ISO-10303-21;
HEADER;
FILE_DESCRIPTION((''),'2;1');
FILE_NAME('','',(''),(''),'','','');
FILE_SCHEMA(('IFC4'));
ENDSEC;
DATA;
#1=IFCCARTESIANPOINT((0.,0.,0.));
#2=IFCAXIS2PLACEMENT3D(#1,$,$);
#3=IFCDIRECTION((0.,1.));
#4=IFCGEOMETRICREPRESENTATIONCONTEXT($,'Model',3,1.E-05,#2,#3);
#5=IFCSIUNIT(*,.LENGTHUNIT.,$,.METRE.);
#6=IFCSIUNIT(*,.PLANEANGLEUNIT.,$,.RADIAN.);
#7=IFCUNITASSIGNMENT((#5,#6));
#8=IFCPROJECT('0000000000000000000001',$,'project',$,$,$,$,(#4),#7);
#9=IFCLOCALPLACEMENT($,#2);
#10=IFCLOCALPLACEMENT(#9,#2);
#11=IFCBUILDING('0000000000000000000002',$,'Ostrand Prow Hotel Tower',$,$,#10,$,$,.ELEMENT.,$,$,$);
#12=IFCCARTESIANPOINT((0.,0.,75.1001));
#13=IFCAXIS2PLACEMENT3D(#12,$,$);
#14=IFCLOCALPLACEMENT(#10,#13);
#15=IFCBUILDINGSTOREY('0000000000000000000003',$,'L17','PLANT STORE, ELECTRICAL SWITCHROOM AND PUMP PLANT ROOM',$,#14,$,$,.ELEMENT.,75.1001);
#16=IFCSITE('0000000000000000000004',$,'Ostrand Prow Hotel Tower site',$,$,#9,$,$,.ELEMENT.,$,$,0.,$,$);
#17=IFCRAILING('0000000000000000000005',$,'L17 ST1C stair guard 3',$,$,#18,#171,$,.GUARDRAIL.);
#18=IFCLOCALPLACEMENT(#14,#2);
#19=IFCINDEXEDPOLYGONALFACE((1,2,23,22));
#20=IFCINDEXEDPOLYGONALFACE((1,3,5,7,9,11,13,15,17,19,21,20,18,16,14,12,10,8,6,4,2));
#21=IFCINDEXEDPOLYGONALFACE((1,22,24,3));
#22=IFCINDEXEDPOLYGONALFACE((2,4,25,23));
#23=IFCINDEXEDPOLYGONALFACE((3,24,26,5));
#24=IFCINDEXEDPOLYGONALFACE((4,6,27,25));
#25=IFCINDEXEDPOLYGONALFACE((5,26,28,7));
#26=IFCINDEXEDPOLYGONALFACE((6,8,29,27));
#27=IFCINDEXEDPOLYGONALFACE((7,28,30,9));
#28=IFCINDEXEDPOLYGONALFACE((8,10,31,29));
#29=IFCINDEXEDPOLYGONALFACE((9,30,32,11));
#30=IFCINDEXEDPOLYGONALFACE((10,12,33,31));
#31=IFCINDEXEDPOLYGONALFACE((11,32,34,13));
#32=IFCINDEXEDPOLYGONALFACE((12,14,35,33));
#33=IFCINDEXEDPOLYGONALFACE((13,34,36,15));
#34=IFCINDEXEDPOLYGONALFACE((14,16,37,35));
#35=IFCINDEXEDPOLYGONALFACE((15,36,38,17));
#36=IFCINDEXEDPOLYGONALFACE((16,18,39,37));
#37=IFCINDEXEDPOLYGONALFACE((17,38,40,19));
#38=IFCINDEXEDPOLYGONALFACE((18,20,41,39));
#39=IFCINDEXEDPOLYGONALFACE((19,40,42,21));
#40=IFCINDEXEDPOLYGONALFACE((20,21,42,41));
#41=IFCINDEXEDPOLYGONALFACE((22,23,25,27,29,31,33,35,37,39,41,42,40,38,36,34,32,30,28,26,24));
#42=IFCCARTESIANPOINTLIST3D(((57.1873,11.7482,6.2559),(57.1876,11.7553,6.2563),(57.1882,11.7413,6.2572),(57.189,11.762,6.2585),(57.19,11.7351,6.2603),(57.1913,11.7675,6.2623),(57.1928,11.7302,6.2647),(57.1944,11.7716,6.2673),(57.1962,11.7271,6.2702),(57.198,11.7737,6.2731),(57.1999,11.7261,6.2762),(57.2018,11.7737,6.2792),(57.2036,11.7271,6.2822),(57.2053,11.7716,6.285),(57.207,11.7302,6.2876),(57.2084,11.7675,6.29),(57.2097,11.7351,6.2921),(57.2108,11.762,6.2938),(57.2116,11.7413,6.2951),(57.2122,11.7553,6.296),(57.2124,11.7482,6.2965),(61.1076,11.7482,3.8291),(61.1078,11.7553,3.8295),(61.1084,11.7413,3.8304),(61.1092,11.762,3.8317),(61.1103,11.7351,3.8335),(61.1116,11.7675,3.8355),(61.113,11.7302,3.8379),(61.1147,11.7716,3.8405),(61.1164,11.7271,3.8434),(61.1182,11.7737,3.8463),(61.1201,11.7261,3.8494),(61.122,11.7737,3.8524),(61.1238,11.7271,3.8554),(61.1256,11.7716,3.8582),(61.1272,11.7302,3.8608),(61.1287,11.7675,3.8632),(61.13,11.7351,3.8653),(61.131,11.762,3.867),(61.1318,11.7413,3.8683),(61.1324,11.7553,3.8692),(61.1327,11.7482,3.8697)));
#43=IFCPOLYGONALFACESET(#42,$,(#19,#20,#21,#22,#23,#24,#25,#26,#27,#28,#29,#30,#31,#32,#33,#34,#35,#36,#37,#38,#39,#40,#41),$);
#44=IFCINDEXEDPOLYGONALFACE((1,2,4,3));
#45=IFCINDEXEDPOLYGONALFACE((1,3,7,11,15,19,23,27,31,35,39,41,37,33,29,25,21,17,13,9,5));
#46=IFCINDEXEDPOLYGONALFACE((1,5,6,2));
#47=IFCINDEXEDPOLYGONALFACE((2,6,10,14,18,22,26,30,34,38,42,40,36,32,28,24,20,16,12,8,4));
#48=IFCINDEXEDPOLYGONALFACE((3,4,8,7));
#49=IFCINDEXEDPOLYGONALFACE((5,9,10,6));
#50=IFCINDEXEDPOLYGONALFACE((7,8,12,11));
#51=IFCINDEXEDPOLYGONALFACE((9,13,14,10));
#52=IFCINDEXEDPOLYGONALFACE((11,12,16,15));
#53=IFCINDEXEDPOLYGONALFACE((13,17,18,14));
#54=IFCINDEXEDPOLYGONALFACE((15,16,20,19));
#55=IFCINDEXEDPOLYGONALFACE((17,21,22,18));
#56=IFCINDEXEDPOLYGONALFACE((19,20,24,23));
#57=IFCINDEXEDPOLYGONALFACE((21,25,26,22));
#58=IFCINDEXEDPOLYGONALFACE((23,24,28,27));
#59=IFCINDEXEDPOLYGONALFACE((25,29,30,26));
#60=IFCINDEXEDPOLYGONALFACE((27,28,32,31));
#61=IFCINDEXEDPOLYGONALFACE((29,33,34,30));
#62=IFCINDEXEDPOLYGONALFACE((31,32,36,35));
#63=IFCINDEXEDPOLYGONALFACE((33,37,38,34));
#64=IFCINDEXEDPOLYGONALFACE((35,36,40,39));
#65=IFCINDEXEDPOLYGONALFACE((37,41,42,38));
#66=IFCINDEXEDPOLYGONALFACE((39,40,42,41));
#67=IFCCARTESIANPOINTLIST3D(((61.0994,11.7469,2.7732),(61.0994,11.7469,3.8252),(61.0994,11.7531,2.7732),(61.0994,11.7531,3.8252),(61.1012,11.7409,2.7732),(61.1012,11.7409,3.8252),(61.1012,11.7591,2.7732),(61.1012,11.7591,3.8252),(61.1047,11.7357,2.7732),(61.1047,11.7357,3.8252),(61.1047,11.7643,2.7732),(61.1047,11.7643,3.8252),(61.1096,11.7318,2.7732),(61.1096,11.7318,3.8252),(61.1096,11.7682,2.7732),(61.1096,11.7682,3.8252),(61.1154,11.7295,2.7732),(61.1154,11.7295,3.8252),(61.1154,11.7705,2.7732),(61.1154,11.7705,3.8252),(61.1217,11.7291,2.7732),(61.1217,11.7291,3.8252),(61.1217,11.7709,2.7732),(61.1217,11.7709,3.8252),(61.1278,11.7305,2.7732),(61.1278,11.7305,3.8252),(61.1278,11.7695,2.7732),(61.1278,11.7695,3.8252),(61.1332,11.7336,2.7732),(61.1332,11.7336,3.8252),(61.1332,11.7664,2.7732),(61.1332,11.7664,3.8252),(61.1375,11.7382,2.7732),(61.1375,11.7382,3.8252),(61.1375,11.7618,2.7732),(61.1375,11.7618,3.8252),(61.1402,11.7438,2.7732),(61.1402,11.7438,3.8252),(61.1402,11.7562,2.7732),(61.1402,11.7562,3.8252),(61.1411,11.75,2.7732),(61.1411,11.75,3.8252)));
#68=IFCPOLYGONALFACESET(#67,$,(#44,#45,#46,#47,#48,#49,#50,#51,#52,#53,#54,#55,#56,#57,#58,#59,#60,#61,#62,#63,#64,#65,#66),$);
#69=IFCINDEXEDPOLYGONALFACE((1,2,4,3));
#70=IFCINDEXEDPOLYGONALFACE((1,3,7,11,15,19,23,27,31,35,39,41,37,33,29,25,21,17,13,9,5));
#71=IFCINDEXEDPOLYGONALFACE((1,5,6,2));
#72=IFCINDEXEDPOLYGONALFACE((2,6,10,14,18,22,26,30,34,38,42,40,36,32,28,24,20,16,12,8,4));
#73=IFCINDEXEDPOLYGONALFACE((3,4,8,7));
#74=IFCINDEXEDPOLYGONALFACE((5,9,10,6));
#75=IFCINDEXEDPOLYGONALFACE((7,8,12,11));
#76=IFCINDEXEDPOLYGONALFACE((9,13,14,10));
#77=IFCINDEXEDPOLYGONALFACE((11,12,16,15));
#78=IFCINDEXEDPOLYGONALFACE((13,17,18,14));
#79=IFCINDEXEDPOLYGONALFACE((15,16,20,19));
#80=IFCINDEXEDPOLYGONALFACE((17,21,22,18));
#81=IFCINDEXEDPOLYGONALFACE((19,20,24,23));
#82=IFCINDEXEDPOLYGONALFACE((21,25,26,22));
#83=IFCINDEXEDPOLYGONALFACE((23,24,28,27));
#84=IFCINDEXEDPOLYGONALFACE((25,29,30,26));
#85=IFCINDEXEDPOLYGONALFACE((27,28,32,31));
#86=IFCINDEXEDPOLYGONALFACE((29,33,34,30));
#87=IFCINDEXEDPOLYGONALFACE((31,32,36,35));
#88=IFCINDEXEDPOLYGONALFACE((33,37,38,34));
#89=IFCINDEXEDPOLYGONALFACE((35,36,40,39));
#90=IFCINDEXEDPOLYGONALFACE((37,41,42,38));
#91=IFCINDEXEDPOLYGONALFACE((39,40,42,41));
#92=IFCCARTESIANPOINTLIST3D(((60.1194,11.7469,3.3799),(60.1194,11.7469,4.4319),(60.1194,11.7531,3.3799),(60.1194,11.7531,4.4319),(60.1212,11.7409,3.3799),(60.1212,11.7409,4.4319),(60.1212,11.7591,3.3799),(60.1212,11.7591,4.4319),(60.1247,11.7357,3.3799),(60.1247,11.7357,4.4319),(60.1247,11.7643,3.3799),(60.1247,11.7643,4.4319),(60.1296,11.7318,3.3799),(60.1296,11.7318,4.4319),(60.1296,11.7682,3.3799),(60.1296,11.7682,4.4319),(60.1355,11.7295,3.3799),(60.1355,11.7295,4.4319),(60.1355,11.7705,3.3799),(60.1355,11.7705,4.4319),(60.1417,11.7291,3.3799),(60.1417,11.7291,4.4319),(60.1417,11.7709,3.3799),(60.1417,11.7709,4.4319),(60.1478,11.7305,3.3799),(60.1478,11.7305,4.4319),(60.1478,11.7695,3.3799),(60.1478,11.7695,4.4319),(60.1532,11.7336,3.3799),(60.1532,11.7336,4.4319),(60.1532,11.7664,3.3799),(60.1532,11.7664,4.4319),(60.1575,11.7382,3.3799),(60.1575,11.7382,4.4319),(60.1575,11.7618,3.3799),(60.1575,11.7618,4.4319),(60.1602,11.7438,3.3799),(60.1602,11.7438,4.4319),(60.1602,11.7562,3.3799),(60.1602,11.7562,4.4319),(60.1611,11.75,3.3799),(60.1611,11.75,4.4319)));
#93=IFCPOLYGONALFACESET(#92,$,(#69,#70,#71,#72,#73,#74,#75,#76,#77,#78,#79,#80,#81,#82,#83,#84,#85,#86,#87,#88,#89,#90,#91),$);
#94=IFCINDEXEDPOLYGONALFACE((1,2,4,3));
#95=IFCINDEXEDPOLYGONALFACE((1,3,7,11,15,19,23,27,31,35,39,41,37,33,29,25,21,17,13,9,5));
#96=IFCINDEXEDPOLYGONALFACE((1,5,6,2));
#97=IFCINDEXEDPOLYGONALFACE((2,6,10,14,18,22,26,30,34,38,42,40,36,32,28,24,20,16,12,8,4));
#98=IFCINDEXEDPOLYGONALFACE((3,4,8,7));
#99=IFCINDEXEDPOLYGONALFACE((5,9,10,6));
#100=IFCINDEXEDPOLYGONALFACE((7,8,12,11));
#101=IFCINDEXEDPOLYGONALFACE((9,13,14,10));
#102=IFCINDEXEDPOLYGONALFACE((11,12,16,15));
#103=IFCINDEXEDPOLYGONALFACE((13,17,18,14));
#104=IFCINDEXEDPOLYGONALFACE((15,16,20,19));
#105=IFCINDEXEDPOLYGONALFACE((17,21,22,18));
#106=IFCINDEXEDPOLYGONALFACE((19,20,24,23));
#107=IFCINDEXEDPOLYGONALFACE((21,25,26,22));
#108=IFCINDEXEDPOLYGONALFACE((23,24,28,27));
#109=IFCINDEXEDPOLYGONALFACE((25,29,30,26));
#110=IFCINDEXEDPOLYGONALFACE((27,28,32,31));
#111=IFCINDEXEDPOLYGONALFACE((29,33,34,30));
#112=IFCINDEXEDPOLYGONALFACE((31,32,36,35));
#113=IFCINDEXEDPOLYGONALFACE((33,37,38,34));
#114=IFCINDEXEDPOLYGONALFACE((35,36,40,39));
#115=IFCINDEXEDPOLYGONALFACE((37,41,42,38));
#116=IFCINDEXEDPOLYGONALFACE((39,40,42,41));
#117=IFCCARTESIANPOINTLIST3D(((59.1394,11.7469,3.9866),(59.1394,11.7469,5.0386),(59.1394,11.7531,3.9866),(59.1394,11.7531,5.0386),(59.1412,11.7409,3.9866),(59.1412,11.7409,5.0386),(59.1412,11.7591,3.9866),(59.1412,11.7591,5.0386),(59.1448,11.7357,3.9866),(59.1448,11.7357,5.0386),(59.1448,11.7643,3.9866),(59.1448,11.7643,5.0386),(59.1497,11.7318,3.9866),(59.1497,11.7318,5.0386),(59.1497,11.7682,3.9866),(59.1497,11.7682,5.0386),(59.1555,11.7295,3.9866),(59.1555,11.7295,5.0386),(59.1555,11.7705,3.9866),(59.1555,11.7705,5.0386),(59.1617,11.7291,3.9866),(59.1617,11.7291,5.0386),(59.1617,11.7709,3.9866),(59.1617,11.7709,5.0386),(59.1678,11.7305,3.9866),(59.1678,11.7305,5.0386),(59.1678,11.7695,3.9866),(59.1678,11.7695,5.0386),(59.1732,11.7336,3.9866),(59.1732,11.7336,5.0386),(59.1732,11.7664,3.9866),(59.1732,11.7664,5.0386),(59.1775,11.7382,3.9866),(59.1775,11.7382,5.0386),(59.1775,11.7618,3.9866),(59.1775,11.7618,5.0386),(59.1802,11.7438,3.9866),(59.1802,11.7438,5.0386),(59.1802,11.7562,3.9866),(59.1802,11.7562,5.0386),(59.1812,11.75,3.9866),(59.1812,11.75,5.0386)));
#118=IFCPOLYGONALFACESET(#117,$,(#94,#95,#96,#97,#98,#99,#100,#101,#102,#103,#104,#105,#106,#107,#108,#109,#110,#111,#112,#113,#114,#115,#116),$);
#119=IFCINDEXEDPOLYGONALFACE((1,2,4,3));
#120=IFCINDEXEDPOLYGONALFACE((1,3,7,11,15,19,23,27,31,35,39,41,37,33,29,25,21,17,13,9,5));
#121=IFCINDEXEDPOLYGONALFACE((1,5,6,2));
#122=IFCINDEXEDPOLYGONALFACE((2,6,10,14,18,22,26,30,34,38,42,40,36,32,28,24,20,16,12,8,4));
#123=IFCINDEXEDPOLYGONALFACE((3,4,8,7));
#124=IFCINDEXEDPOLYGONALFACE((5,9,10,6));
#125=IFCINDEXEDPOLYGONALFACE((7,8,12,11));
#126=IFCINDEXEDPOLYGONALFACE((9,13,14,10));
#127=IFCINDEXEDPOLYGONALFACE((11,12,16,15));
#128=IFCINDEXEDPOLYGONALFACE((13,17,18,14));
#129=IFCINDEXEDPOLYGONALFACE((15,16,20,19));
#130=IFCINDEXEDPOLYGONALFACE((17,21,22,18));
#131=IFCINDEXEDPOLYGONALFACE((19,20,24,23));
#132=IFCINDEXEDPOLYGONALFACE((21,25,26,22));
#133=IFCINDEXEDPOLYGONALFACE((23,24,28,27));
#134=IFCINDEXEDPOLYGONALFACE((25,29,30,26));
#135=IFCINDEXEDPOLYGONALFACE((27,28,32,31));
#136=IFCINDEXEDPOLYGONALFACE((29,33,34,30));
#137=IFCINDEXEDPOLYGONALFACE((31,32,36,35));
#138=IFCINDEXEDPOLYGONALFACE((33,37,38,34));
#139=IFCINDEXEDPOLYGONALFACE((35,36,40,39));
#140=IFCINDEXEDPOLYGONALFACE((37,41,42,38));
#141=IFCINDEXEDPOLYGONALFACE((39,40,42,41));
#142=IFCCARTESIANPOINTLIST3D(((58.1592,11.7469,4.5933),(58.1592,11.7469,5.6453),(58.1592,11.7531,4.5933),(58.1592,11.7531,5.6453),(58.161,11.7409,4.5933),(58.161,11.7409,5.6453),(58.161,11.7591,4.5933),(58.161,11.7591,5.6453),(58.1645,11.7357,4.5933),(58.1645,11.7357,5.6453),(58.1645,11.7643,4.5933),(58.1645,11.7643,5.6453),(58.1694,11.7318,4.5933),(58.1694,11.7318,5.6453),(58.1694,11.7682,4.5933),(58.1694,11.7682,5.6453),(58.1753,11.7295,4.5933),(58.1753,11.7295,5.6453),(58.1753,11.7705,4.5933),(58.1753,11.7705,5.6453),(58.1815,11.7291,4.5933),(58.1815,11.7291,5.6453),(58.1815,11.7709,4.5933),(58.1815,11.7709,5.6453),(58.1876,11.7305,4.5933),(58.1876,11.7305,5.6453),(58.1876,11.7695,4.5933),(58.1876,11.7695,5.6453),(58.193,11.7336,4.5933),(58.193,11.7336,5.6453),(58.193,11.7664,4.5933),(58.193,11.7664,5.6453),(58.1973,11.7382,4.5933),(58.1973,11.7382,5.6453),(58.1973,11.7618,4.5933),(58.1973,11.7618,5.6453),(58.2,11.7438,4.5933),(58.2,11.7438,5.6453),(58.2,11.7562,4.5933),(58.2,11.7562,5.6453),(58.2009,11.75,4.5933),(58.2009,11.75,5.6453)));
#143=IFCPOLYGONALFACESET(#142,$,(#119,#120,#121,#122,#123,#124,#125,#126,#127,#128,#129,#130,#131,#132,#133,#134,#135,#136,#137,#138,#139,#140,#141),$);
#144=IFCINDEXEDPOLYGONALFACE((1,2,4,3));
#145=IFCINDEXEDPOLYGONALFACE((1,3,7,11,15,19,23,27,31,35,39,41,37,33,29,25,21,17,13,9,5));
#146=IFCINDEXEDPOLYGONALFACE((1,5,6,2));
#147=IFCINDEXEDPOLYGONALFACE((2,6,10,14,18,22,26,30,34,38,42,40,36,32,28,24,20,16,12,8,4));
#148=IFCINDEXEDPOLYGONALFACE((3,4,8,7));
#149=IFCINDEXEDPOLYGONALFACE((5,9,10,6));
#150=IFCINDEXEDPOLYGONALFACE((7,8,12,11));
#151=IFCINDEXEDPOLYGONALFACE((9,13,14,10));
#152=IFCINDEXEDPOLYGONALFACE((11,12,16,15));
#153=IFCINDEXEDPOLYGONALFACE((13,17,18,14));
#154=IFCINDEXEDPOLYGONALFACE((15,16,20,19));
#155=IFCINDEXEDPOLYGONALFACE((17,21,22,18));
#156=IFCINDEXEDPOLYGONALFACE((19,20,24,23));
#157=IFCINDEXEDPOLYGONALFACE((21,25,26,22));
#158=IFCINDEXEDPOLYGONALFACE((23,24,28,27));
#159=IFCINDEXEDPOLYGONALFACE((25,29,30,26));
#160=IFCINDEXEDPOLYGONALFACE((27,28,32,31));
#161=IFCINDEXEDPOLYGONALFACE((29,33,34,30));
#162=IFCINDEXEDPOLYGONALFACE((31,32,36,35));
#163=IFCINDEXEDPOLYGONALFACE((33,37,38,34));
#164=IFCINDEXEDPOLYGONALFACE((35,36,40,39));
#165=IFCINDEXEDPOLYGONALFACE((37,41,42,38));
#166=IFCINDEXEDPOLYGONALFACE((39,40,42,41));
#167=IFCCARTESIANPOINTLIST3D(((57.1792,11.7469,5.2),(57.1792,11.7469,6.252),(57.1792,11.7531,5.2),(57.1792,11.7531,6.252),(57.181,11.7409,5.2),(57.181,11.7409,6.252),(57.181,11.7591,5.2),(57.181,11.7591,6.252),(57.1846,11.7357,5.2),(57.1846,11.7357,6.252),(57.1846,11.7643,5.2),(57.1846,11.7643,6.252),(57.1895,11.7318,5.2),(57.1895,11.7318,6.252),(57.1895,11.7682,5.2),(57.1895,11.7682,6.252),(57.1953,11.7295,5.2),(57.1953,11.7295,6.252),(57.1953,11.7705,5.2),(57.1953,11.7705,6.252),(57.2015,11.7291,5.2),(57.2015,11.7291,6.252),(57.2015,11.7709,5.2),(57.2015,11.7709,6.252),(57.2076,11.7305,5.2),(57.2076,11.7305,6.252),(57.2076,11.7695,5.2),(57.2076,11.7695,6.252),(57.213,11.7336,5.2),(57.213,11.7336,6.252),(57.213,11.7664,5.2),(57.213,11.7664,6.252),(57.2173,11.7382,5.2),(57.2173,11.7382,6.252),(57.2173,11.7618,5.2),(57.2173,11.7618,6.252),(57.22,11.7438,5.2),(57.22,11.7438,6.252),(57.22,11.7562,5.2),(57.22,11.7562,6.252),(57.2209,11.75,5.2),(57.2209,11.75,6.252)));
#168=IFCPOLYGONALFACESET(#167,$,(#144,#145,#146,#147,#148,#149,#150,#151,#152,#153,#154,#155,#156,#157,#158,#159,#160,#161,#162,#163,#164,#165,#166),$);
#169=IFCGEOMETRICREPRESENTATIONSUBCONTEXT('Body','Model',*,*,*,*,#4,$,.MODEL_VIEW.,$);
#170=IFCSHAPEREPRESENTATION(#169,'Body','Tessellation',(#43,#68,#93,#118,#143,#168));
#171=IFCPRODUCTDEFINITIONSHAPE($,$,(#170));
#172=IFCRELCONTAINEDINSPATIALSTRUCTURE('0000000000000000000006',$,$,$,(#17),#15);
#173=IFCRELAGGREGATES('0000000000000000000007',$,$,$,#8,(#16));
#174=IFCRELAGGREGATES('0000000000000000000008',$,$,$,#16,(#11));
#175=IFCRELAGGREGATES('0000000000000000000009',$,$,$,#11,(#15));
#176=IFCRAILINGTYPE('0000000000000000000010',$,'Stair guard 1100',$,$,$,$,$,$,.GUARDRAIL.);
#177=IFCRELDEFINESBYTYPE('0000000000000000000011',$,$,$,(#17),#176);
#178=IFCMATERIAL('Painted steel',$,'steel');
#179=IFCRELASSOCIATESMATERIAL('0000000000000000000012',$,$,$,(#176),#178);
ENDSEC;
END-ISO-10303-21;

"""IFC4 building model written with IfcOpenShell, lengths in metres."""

from ifc_helpers import new_model, si_unit, direction, frame, origin, origin_2d, place, context, subcontext, project, spatial, circle, extrude, material, type_object, element, save


model = new_model("IFC4")

# Units and contexts
model_context = context("Model", 3, precision=1e-05, world=origin(), true_north=direction((0.0, 1.0)))
body_context = subcontext(model_context, "Body", "Model", "MODEL_VIEW")
ifc_project = project(units=[si_unit("LENGTHUNIT", "METRE"), si_unit("PLANEANGLEUNIT", "RADIAN")], contexts=[model_context])

# Site, building, storey
site_placement = place(None, origin())
site = spatial("IfcSite", under=ifc_project, at=site_placement, Name="Ostrand Prow Hotel Tower site", CompositionType="ELEMENT", RefElevation=0.0)
building_placement = place(site_placement, origin())
building = spatial("IfcBuilding", under=site, at=building_placement, Name="Ostrand Prow Hotel Tower", CompositionType="ELEMENT")
storey_placement = place(building_placement, frame((0.0, 0.0, 75.1001)))
storey = spatial("IfcBuildingStorey", under=building, at=storey_placement, Name="L17", Description="PLANT STORE, ELECTRICAL SWITCHROOM AND PUMP PLANT ROOM", CompositionType="ELEMENT", Elevation=75.1001)

# Railing
ifc_material_1 = material(Name="Painted steel", Category="steel")
railing_type_1 = type_object("IfcRailingType", Name="Stair guard 1100", PredefinedType="GUARDRAIL", material=ifc_material_1)
railing_1_placement = place(storey_placement, frame((61.1201, 11.75, 2.7732)))
element("IfcRailing", 1, at=railing_1_placement, inside=storey, type_object=railing_type_1, Name="L17 ST1C stair guard 3", PredefinedType="GUARDRAIL", context=body_context, shape_type="SweptSolid", body=[
    extrude(circle(Radius=0.0239, at=origin_2d()), frame((0.0, 0.0, 1.0762), z_axis=(-0.850266, 0.0, 0.526353), x_axis=(0.0, -1.0, 0.0)), (0.0, 0.0, 1.0), 4.6106),
    extrude(circle(Radius=0.021, at=origin_2d()), origin(), (0.0, 0.0, 1.0), 1.052),
    extrude(circle(Radius=0.021, at=origin_2d()), frame((-0.98, 0.0, 0.6067)), (0.0, 0.0, 1.0), 1.052),
    extrude(circle(Radius=0.021, at=origin_2d()), frame((-1.96, 0.0, 1.2134)), (0.0, 0.0, 1.0), 1.052),
    extrude(circle(Radius=0.021, at=origin_2d()), frame((-2.9402, 0.0, 1.8201)), (0.0, 0.0, 1.0), 1.052),
    extrude(circle(Radius=0.021, at=origin_2d()), frame((-3.9202, 0.0, 2.4268)), (0.0, 0.0, 1.0), 1.052),
])

save(model, "model.ifc")
